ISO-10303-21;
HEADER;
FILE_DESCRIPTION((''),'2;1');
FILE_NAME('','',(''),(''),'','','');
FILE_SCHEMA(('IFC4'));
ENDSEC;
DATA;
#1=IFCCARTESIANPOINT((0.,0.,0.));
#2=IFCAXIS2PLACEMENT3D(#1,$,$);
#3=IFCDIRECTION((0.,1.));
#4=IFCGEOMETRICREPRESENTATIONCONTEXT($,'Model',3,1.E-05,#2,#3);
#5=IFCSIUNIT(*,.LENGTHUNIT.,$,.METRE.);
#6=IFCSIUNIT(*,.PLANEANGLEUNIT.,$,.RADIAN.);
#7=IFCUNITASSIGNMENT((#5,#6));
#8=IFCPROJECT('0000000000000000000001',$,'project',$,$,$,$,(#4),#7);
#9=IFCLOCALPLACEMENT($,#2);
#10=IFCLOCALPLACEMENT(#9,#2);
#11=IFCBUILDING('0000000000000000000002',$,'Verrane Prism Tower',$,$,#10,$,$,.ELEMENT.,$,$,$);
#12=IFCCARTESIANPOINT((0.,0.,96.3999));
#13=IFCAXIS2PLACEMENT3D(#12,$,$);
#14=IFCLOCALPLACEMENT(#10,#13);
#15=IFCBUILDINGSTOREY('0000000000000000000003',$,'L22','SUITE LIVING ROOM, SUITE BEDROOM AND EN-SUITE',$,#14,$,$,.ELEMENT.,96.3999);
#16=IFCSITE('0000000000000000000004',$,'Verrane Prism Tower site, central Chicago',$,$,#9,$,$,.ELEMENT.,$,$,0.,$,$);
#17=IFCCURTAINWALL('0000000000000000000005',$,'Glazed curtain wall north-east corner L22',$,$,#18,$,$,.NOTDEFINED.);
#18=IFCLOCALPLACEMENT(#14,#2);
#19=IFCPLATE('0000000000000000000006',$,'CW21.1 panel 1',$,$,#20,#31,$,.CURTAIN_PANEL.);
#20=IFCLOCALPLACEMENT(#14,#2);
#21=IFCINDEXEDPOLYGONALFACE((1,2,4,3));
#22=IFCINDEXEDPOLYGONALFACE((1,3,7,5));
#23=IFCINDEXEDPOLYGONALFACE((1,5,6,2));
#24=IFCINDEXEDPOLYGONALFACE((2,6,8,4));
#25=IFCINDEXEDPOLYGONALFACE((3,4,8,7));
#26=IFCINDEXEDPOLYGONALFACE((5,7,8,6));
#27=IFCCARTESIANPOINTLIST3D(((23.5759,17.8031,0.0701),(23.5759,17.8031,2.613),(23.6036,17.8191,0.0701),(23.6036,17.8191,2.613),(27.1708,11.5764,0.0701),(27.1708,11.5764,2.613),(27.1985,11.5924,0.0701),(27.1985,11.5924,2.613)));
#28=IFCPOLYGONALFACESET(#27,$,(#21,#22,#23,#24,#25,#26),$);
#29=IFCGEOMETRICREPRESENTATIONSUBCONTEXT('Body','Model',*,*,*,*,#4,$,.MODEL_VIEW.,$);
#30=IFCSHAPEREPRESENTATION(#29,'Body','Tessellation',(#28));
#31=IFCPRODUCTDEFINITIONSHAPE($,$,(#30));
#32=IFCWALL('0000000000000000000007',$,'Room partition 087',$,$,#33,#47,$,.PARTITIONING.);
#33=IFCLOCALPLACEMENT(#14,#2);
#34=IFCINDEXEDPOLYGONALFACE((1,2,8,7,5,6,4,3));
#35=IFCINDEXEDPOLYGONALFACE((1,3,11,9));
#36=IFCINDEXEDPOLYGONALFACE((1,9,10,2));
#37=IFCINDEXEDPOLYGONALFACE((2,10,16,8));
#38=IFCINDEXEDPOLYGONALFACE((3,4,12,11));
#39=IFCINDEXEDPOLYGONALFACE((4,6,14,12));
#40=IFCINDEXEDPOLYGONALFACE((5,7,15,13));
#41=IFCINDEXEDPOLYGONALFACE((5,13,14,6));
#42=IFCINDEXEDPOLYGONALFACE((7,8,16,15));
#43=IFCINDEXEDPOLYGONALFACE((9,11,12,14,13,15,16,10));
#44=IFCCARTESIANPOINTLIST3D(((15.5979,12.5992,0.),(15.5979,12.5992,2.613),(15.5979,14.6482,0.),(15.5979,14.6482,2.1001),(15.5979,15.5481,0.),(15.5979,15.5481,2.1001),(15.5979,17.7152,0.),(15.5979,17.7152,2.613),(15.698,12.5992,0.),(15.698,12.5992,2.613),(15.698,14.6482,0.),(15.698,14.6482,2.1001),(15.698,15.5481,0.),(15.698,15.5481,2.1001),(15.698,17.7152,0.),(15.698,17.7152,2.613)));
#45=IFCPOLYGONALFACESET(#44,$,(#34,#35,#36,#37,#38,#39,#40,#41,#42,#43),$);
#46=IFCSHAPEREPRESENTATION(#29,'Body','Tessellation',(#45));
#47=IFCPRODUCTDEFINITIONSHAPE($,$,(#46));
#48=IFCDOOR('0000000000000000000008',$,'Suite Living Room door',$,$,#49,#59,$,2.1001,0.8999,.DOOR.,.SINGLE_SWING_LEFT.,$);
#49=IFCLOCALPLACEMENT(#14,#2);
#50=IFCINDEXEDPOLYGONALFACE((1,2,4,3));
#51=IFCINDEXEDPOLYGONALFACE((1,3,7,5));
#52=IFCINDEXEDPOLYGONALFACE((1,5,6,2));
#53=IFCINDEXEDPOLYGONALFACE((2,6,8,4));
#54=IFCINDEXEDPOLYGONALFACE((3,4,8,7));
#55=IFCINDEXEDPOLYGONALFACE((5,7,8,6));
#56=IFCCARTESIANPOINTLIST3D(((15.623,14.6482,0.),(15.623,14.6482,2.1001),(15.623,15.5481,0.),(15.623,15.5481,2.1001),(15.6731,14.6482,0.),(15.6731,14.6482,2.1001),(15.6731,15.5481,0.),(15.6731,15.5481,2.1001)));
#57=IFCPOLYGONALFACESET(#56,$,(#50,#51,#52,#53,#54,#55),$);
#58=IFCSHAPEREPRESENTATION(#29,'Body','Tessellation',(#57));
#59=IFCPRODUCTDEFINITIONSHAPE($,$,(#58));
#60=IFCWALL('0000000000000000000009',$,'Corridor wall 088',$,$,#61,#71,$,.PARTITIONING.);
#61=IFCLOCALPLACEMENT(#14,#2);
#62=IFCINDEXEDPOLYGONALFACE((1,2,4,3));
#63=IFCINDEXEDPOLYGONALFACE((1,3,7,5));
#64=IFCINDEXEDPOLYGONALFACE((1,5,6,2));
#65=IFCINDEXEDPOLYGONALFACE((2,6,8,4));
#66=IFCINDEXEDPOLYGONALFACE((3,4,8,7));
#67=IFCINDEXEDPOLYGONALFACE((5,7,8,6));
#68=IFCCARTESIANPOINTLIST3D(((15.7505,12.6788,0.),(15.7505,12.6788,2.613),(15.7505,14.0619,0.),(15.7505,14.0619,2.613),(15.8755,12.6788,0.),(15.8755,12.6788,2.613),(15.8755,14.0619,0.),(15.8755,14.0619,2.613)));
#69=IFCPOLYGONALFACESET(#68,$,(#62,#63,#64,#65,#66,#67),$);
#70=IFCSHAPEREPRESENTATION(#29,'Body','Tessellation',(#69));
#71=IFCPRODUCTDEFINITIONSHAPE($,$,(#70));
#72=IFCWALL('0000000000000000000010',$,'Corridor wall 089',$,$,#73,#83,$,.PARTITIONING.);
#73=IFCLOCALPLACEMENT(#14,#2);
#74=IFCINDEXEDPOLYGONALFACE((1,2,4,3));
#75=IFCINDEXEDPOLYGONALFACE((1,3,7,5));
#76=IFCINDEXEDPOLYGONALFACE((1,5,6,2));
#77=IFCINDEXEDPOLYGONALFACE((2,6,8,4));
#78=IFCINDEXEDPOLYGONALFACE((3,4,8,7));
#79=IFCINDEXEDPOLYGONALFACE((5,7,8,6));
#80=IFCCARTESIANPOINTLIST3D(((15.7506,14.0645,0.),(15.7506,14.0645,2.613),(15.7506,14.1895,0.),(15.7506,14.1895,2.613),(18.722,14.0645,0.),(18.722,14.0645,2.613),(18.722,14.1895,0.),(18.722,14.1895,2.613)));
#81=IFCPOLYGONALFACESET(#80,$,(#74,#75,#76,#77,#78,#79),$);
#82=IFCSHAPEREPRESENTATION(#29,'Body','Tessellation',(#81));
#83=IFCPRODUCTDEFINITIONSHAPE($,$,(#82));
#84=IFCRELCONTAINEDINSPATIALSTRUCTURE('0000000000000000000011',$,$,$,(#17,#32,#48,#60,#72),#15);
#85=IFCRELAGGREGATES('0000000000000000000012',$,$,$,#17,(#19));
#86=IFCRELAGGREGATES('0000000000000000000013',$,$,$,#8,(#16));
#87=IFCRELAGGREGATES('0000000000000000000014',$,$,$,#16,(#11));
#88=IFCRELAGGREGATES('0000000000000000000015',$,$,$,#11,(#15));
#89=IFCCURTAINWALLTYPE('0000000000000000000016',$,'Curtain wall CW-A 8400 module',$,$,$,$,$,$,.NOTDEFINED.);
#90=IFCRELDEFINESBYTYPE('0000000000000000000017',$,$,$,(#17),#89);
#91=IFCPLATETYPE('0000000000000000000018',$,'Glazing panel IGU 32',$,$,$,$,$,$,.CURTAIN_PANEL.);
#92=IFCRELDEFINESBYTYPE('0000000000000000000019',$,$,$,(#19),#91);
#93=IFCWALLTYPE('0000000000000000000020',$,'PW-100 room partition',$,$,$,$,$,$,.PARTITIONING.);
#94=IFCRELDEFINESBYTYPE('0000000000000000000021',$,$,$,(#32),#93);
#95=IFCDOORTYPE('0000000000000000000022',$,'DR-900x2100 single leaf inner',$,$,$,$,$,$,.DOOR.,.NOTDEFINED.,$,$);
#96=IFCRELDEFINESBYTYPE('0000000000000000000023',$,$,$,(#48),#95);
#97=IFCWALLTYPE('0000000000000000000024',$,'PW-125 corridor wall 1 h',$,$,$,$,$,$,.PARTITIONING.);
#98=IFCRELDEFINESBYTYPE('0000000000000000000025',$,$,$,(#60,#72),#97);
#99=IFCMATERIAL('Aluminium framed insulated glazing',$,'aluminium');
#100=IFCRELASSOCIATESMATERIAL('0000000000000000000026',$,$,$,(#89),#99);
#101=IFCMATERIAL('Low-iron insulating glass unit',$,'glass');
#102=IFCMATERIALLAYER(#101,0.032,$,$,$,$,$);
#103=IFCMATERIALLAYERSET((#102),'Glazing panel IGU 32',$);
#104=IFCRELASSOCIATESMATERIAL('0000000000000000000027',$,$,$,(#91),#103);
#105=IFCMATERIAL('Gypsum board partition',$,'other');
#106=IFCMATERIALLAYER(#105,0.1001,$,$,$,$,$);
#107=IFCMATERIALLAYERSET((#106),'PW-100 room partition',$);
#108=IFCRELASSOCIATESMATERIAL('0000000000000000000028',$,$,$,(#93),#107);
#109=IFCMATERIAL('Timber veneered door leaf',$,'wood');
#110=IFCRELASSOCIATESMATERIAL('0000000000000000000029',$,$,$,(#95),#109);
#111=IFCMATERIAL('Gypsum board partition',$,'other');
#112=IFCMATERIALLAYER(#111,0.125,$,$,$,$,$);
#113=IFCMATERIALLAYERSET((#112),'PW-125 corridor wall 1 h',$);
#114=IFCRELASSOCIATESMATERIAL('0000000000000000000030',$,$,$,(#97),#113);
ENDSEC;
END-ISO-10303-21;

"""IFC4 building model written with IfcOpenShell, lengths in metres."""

from ifc_helpers import new_model, si_unit, direction, frame, frame_2d, origin, origin_2d, place, context, subcontext, project, spatial, rectangle, extrude, material, layer, layer_set, type_object, element, fill, aggregate, save


model = new_model("IFC4")

# Units and contexts
model_context = context("Model", 3, precision=1e-05, world=origin(), true_north=direction((0.0, 1.0)))
body_context = subcontext(model_context, "Body", "Model", "MODEL_VIEW")
ifc_project = project(units=[si_unit("LENGTHUNIT", "METRE"), si_unit("PLANEANGLEUNIT", "RADIAN")], contexts=[model_context])

# Site, building, storey
site_placement = place(None, origin())
site = spatial("IfcSite", under=ifc_project, at=site_placement, Name="Verrane Prism Tower site, central Chicago", CompositionType="ELEMENT", RefElevation=0.0)
building_placement = place(site_placement, origin())
building = spatial("IfcBuilding", under=site, at=building_placement, Name="Verrane Prism Tower", CompositionType="ELEMENT")
storey_placement = place(building_placement, frame((0.0, 0.0, 96.3999)))
storey = spatial("IfcBuildingStorey", under=building, at=storey_placement, Name="L22", Description="SUITE LIVING ROOM, SUITE BEDROOM AND EN-SUITE", CompositionType="ELEMENT", Elevation=96.3999)

# Curtain wall
ifc_material_1 = material(Name="Aluminium framed insulated glazing", Category="aluminium")
curtain_wall_type_1 = type_object("IfcCurtainWallType", Name="Curtain wall CW-A 8400 module", PredefinedType="NOTDEFINED", material=ifc_material_1)
curtain_wall_1_placement = place(storey_placement, origin())
curtain_wall_1 = element("IfcCurtainWall", 1, at=curtain_wall_1_placement, inside=storey, type_object=curtain_wall_type_1, Name="Glazed curtain wall north-east corner L22", PredefinedType="NOTDEFINED")

# Plate
ifc_material_2 = material(Name="Low-iron insulating glass unit", Category="glass")
ifc_layer_1 = layer(ifc_material_2, 0.032)
ifc_layer_set_1 = layer_set([ifc_layer_1], Name="Glazing panel IGU 32")
plate_type_1 = type_object("IfcPlateType", Name="Glazing panel IGU 32", PredefinedType="CURTAIN_PANEL", material=ifc_layer_set_1)
plate_1_placement = place(storey_placement, frame((25.3872, 14.6978, 0.0701), z_axis=(0.0, 0.0, 1.0), x_axis=(-0.499998, 0.866026, 0.0)))
plate_1 = element("IfcPlate", 2, at=plate_1_placement, type_object=plate_type_1, Name="CW21.1 panel 1", PredefinedType="CURTAIN_PANEL", context=body_context, shape_type="SweptSolid", body=[
    extrude(rectangle(XDim=7.1899, YDim=0.032, at=origin_2d()), origin(), (0.0, 0.0, 1.0), 2.543),
])
aggregate(curtain_wall_1, [plate_1])

# Wall, opening, door
ifc_material_3 = material(Name="Gypsum board partition", Category="other")
ifc_layer_2 = layer(ifc_material_3, 0.1001)
ifc_layer_set_2 = layer_set([ifc_layer_2], Name="PW-100 room partition")
wall_type_1 = type_object("IfcWallType", Name="PW-100 room partition", PredefinedType="PARTITIONING", material=ifc_layer_set_2)
wall_1_placement = place(storey_placement, frame((15.6479, 12.5991, 0.0), z_axis=(0.0, 0.0, 1.0), x_axis=(0.0, 1.0, 0.0)))
wall_1 = element("IfcWall", 3, at=wall_1_placement, inside=storey, type_object=wall_type_1, Name="Room partition 087", PredefinedType="PARTITIONING", context=body_context, shape_type="SweptSolid", body=[
    extrude(rectangle(XDim=5.116, YDim=0.1001, at=frame_2d((2.5581, 0.0))), origin(), (0.0, 0.0, 1.0), 2.613),
])
opening_placement = place(wall_1_placement, frame((2.0491, 0.0, 0.0)))
opening = element("IfcOpeningElement", 4, at=opening_placement, cuts=wall_1, PredefinedType="OPENING", context=body_context, shape_type="SweptSolid", body=[
    extrude(rectangle(XDim=0.8999, YDim=2.1001, at=frame_2d((0.45, 1.05))), frame((0.0, 0.0601, 0.0), z_axis=(0.0, -1.0, 0.0), x_axis=(1.0, 0.0, 0.0)), (0.0, 0.0, 1.0), 0.1201),
])
ifc_material_4 = material(Name="Timber veneered door leaf", Category="wood")
door_type = type_object("IfcDoorType", Name="DR-900x2100 single leaf inner", OperationType="NOTDEFINED", PredefinedType="DOOR", material=ifc_material_4)
door_placement = place(opening_placement, origin())
door = element("IfcDoor", 5, at=door_placement, inside=storey, type_object=door_type, Name="Suite Living Room door", OperationType="SINGLE_SWING_LEFT", OverallHeight=2.1001, OverallWidth=0.8999, PredefinedType="DOOR", context=body_context, shape_type="SweptSolid", body=[
    extrude(rectangle(XDim=0.8999, YDim=2.1001, at=frame_2d((0.45, 1.05))), frame((0.0, 0.0249, 0.0), z_axis=(0.0, -1.0, 0.0), x_axis=(1.0, 0.0, 0.0)), (0.0, 0.0, 1.0), 0.05),
])
fill(opening, door)

# Walls
ifc_material_5 = material(Name="Gypsum board partition", Category="other")
ifc_layer_3 = layer(ifc_material_5, 0.125)
ifc_layer_set_3 = layer_set([ifc_layer_3], Name="PW-125 corridor wall 1 h")
wall_type_2 = type_object("IfcWallType", Name="PW-125 corridor wall 1 h", PredefinedType="PARTITIONING", material=ifc_layer_set_3)
wall_2_placement = place(storey_placement, frame((15.813, 12.679, 0.0), z_axis=(0.0, 0.0, 1.0), x_axis=(0.0, 1.0, 0.0)))
element("IfcWall", 6, at=wall_2_placement, inside=storey, type_object=wall_type_2, Name="Corridor wall 088", PredefinedType="PARTITIONING", context=body_context, shape_type="SweptSolid", body=[
    extrude(rectangle(XDim=1.3831, YDim=0.125, at=frame_2d((0.6914, 0.0))), origin(), (0.0, 0.0, 1.0), 2.613),
])
wall_3_placement = place(storey_placement, frame((15.7505, 14.127, 0.0), z_axis=(0.0, 0.0, 1.0), x_axis=(1.0, 0.0, 0.0)))
element("IfcWall", 7, at=wall_3_placement, inside=storey, type_object=wall_type_2, Name="Corridor wall 089", PredefinedType="PARTITIONING", context=body_context, shape_type="SweptSolid", body=[
    extrude(rectangle(XDim=2.9714, YDim=0.125, at=frame_2d((1.4858, 0.0))), origin(), (0.0, 0.0, 1.0), 2.613),
])

save(model, "model.ifc")
